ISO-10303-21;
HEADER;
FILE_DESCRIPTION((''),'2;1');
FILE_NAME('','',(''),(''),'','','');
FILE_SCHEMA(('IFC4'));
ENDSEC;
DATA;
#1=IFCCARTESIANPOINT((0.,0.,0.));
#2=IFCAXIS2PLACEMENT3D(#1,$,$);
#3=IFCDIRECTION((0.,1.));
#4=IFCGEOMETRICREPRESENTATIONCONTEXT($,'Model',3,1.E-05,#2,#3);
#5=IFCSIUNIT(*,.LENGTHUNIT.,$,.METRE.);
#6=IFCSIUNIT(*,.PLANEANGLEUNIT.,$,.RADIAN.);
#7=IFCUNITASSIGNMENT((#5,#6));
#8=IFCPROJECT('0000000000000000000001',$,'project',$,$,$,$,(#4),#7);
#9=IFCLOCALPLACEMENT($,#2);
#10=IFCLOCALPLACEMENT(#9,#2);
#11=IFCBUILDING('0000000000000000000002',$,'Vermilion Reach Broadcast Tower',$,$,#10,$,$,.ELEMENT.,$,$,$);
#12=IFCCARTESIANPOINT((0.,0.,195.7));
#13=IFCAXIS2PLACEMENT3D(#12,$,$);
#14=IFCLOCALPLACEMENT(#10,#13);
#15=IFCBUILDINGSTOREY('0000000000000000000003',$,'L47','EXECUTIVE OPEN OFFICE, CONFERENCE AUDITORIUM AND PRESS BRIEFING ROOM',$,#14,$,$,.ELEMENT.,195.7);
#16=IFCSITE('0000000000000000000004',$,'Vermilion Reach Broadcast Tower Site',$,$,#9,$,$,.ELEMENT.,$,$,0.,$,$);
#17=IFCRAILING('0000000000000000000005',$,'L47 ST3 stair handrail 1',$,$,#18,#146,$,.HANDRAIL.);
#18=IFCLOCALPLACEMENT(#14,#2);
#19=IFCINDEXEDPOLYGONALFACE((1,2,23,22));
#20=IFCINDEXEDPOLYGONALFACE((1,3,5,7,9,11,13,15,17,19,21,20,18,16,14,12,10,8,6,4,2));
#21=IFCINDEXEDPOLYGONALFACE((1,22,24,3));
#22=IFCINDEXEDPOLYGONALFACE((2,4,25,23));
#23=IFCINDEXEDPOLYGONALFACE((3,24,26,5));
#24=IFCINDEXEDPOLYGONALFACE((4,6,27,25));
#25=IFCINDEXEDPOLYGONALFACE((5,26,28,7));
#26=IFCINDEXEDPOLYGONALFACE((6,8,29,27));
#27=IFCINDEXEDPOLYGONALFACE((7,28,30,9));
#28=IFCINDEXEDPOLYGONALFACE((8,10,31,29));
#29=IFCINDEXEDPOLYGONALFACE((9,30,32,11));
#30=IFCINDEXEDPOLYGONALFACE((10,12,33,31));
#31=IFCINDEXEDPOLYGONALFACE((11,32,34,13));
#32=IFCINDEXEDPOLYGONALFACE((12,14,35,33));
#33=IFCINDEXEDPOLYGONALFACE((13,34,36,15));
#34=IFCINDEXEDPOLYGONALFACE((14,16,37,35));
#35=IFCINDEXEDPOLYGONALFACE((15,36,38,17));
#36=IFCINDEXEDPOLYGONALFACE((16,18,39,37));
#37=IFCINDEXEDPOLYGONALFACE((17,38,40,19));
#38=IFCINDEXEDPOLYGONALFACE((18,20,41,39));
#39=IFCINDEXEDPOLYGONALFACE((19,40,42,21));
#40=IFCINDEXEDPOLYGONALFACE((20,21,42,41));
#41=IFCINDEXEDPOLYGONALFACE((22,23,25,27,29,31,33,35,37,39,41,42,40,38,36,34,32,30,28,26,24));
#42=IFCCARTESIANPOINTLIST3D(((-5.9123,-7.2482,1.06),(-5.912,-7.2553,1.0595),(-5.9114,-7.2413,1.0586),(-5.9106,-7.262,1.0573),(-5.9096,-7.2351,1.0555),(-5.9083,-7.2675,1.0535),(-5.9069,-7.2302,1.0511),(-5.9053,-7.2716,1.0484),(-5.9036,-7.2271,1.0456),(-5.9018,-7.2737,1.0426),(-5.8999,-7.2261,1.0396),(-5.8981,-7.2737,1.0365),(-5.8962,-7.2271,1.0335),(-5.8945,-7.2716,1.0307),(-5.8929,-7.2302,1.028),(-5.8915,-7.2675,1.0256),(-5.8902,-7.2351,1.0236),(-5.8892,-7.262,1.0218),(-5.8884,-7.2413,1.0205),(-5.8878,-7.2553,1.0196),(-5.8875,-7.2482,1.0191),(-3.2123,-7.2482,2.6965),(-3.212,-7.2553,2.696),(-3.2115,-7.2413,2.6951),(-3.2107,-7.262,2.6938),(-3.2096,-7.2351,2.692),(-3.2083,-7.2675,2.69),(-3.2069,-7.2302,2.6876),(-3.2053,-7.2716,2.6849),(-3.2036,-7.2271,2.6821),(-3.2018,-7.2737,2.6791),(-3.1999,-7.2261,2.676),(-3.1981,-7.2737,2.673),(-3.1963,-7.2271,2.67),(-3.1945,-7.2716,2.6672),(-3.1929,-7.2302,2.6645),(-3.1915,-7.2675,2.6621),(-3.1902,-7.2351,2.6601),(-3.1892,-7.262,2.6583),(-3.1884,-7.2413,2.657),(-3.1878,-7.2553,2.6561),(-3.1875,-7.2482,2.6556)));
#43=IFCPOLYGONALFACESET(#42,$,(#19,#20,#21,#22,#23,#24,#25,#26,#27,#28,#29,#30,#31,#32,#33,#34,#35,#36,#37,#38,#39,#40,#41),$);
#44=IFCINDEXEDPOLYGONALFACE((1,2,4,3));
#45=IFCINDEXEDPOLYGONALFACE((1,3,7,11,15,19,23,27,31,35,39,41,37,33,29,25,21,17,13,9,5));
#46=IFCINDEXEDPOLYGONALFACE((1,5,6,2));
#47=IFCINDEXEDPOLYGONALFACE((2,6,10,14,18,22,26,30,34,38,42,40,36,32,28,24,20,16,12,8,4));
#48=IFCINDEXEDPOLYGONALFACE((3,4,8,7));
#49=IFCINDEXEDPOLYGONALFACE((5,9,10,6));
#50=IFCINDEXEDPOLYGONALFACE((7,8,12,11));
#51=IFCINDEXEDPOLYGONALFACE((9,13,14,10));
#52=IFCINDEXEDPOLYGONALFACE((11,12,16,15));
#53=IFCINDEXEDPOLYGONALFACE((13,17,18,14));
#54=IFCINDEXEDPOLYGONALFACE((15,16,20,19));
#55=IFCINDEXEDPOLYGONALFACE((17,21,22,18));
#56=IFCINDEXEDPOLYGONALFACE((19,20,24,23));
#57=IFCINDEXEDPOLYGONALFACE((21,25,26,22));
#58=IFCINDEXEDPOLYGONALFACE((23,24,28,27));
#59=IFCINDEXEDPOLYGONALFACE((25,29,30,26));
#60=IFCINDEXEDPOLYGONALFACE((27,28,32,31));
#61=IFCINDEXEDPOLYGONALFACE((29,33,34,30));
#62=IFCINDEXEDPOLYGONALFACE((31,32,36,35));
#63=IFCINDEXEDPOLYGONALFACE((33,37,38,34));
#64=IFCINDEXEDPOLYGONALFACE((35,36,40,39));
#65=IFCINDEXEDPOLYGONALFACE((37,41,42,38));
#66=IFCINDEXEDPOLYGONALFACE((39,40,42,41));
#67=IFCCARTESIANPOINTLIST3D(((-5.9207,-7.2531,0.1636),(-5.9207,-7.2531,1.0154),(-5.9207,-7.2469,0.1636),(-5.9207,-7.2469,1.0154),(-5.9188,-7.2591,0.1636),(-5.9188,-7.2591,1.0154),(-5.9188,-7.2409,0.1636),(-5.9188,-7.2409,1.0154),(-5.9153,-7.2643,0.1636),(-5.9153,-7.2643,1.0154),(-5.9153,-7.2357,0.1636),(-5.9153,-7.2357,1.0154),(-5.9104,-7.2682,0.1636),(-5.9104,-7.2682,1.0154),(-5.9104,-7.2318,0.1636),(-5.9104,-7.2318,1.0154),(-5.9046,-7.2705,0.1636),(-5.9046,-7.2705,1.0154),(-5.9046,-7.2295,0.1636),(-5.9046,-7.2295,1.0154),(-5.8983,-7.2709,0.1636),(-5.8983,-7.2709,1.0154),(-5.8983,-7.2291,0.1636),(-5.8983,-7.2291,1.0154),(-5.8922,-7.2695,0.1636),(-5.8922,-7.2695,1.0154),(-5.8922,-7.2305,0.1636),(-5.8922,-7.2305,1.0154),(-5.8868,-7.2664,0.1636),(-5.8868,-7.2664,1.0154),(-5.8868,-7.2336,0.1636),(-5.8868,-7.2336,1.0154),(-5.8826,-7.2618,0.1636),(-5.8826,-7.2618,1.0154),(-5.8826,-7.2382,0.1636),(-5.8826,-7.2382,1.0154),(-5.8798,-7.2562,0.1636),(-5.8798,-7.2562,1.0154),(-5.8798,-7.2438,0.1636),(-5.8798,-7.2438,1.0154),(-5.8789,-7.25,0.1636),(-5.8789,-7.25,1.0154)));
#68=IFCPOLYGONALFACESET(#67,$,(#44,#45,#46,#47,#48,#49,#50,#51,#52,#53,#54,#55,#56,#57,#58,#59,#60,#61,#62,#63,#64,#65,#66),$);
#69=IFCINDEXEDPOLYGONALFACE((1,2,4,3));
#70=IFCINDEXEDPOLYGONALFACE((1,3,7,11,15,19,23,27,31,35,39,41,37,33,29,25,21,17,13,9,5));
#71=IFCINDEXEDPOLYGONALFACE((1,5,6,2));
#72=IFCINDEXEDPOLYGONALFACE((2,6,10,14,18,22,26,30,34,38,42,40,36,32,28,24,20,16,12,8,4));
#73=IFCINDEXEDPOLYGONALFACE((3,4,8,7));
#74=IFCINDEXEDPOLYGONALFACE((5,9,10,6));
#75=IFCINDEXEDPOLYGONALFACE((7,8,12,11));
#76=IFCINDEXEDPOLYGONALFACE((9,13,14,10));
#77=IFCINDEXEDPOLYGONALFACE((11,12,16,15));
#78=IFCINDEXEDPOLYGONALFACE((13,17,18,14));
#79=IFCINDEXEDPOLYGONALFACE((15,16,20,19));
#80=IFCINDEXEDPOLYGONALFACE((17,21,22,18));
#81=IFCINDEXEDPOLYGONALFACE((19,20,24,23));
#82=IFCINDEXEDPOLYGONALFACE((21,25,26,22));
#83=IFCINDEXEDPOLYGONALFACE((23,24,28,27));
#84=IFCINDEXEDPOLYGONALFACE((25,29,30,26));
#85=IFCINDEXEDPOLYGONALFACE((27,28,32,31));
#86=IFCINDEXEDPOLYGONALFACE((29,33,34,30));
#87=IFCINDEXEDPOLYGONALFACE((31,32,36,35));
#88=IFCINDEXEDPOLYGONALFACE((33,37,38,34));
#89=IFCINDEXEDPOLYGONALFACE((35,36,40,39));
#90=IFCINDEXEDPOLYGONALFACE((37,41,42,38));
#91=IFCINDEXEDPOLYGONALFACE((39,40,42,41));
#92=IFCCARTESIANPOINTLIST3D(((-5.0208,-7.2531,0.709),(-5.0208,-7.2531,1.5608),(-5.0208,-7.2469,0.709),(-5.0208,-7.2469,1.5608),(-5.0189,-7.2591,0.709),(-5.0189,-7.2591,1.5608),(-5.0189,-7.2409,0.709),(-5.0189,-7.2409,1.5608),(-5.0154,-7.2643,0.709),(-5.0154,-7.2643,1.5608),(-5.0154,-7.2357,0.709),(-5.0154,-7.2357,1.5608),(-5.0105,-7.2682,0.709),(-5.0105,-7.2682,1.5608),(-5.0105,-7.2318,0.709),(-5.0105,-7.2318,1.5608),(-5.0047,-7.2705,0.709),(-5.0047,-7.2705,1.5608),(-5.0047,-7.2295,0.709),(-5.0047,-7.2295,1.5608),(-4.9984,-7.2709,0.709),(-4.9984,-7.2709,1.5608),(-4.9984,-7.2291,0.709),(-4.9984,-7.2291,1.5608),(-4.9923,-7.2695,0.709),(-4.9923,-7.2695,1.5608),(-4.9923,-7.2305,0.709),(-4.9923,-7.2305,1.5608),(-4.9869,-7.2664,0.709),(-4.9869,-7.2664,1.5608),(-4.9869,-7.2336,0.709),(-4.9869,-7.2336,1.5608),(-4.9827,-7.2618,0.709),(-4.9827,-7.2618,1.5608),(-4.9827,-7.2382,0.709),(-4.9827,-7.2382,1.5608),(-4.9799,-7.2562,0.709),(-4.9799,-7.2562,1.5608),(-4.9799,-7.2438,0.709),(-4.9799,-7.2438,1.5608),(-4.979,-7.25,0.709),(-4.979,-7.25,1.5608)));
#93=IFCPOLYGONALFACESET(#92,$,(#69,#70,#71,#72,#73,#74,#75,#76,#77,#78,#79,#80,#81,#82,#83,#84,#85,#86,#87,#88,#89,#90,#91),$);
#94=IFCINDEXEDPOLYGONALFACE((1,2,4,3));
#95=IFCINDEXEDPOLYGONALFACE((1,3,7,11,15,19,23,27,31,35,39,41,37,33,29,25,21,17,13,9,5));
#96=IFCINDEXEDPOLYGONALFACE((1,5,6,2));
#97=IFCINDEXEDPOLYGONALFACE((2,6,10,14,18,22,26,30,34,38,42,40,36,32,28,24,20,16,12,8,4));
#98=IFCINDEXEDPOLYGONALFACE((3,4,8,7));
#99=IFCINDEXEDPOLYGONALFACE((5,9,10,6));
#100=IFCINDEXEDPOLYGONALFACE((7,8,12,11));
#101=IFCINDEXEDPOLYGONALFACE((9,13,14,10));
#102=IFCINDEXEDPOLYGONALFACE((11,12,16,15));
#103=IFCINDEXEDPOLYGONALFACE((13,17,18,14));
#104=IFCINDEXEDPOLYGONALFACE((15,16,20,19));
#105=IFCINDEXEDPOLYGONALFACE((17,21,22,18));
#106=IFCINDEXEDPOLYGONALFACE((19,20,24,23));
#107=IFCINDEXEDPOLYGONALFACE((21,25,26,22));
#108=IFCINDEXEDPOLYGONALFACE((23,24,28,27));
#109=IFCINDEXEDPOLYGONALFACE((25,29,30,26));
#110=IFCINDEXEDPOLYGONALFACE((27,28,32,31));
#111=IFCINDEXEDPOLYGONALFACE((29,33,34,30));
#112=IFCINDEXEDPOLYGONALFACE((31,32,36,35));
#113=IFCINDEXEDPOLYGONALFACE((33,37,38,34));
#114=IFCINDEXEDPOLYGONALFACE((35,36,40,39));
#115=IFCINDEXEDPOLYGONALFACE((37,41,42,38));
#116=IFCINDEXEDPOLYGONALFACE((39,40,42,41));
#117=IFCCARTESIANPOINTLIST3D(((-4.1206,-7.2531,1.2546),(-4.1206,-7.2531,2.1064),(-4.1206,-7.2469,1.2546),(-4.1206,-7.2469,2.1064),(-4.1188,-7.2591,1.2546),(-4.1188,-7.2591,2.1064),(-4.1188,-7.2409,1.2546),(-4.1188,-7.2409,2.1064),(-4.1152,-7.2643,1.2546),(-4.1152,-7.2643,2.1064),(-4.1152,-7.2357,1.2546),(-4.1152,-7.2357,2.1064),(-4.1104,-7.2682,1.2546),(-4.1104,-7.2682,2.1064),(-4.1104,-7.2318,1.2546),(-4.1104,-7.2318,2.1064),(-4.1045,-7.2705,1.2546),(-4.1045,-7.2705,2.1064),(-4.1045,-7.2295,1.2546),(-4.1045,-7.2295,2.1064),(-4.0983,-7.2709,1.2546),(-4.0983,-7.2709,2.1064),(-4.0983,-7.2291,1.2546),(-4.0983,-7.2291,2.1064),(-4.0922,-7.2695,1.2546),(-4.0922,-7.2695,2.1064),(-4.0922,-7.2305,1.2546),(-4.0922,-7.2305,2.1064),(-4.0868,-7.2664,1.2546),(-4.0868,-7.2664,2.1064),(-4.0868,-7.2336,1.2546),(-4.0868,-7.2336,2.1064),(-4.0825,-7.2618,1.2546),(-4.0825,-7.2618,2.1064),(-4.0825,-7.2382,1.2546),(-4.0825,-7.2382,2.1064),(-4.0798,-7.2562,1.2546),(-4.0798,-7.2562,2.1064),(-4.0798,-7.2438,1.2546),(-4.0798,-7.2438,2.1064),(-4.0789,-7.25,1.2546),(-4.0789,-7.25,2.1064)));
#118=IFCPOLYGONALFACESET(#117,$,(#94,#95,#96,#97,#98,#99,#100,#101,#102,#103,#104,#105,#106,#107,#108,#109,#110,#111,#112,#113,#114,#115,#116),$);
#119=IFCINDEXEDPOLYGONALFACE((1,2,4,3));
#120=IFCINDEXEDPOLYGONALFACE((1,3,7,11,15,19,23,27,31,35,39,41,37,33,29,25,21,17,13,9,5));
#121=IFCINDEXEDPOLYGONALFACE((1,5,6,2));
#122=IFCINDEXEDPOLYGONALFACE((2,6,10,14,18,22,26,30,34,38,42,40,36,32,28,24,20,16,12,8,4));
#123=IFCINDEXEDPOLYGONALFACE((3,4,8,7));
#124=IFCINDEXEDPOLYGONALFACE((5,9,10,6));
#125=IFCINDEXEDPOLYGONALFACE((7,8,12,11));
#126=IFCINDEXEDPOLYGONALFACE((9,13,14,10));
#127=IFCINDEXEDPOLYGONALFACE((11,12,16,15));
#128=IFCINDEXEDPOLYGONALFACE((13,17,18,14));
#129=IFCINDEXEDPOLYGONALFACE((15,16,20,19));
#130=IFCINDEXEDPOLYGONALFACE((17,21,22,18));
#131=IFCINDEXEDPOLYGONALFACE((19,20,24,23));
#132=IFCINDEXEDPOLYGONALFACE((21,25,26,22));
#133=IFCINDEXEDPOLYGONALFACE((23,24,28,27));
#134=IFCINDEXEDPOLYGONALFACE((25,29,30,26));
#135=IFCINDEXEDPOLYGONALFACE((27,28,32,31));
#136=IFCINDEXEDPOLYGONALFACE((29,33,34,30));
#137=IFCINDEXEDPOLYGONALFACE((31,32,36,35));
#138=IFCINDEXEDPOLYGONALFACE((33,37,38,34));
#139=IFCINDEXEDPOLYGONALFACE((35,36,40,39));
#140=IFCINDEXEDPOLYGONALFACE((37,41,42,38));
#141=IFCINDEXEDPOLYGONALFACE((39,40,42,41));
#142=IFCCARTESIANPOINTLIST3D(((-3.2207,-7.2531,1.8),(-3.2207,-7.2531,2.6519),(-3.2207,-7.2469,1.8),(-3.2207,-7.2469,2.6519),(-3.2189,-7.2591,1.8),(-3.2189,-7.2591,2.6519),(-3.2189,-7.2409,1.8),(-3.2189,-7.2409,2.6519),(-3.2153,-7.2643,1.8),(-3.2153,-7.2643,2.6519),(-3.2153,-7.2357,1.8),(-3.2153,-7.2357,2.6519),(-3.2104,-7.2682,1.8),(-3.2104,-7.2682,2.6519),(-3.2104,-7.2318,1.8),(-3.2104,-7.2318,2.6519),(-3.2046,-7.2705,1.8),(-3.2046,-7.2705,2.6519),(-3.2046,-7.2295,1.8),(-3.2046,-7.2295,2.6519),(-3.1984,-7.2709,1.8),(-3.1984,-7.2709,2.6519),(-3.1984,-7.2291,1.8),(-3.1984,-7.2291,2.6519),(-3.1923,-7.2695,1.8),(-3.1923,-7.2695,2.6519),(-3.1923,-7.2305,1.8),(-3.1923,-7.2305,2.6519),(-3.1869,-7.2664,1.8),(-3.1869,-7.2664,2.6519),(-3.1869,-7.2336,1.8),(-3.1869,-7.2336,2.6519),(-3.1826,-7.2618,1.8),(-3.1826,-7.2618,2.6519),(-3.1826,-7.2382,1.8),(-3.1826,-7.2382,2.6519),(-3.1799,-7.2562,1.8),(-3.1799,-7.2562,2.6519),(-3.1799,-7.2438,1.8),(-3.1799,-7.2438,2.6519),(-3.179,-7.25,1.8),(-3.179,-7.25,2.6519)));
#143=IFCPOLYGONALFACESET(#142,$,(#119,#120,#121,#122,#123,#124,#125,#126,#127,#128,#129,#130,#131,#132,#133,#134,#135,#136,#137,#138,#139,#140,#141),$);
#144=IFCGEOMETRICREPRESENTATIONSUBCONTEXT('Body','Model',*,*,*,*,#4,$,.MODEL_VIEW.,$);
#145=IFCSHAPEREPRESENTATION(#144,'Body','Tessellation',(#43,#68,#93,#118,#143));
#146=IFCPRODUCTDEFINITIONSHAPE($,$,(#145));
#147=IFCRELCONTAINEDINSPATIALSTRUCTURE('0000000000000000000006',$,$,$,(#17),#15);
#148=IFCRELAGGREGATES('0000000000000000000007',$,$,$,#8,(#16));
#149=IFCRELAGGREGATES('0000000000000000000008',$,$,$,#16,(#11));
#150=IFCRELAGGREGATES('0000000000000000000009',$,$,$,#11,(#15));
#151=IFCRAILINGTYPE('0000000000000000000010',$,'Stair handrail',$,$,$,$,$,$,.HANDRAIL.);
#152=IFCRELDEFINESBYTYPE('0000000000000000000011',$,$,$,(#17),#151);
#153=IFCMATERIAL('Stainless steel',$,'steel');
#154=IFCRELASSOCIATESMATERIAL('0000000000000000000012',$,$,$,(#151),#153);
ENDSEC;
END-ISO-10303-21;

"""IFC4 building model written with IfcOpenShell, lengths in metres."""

from ifc_helpers import new_model, si_unit, direction, frame, origin, origin_2d, place, context, subcontext, project, spatial, circle, extrude, material, type_object, element, save


model = new_model("IFC4")

# Units and contexts
model_context = context("Model", 3, precision=1e-05, world=origin(), true_north=direction((0.0, 1.0)))
body_context = subcontext(model_context, "Body", "Model", "MODEL_VIEW")
ifc_project = project(units=[si_unit("LENGTHUNIT", "METRE"), si_unit("PLANEANGLEUNIT", "RADIAN")], contexts=[model_context])

# Site, building, storey
site_placement = place(None, origin())
site = spatial("IfcSite", under=ifc_project, at=site_placement, Name="Vermilion Reach Broadcast Tower Site", CompositionType="ELEMENT", RefElevation=0.0)
building_placement = place(site_placement, origin())
building = spatial("IfcBuilding", under=site, at=building_placement, Name="Vermilion Reach Broadcast Tower", CompositionType="ELEMENT")
storey_placement = place(building_placement, frame((0.0, 0.0, 195.7)))
storey = spatial("IfcBuildingStorey", under=building, at=storey_placement, Name="L47", Description="EXECUTIVE OPEN OFFICE, CONFERENCE AUDITORIUM AND PRESS BRIEFING ROOM", CompositionType="ELEMENT", Elevation=195.7)

# Railing
ifc_material_1 = material(Name="Stainless steel", Category="steel")
railing_type_1 = type_object("IfcRailingType", Name="Stair handrail", PredefinedType="HANDRAIL", material=ifc_material_1)
railing_1_placement = place(storey_placement, frame((-5.8999, -7.25, 0.1636)))
element("IfcRailing", 1, at=railing_1_placement, inside=storey, type_object=railing_type_1, Name="L47 ST3 stair handrail 1", PredefinedType="HANDRAIL", context=body_context, shape_type="SweptSolid", body=[
    extrude(circle(Radius=0.0239, at=origin_2d()), frame((0.0, 0.0, 0.876), z_axis=(0.855178, 0.0, 0.518334), x_axis=(0.0, 1.0, 0.0)), (0.0, 0.0, 1.0), 3.1572),
    extrude(circle(Radius=0.021, at=origin_2d()), origin(), (0.0, 0.0, 1.0), 0.8518),
    extrude(circle(Radius=0.021, at=origin_2d()), frame((0.8999, 0.0, 0.5454)), (0.0, 0.0, 1.0), 0.8518),
    extrude(circle(Radius=0.021, at=origin_2d()), frame((1.8, 0.0, 1.0911)), (0.0, 0.0, 1.0), 0.8518),
    extrude(circle(Radius=0.021, at=origin_2d()), frame((2.7, 0.0, 1.6365)), (0.0, 0.0, 1.0), 0.8518),
])

save(model, "model.ifc")
